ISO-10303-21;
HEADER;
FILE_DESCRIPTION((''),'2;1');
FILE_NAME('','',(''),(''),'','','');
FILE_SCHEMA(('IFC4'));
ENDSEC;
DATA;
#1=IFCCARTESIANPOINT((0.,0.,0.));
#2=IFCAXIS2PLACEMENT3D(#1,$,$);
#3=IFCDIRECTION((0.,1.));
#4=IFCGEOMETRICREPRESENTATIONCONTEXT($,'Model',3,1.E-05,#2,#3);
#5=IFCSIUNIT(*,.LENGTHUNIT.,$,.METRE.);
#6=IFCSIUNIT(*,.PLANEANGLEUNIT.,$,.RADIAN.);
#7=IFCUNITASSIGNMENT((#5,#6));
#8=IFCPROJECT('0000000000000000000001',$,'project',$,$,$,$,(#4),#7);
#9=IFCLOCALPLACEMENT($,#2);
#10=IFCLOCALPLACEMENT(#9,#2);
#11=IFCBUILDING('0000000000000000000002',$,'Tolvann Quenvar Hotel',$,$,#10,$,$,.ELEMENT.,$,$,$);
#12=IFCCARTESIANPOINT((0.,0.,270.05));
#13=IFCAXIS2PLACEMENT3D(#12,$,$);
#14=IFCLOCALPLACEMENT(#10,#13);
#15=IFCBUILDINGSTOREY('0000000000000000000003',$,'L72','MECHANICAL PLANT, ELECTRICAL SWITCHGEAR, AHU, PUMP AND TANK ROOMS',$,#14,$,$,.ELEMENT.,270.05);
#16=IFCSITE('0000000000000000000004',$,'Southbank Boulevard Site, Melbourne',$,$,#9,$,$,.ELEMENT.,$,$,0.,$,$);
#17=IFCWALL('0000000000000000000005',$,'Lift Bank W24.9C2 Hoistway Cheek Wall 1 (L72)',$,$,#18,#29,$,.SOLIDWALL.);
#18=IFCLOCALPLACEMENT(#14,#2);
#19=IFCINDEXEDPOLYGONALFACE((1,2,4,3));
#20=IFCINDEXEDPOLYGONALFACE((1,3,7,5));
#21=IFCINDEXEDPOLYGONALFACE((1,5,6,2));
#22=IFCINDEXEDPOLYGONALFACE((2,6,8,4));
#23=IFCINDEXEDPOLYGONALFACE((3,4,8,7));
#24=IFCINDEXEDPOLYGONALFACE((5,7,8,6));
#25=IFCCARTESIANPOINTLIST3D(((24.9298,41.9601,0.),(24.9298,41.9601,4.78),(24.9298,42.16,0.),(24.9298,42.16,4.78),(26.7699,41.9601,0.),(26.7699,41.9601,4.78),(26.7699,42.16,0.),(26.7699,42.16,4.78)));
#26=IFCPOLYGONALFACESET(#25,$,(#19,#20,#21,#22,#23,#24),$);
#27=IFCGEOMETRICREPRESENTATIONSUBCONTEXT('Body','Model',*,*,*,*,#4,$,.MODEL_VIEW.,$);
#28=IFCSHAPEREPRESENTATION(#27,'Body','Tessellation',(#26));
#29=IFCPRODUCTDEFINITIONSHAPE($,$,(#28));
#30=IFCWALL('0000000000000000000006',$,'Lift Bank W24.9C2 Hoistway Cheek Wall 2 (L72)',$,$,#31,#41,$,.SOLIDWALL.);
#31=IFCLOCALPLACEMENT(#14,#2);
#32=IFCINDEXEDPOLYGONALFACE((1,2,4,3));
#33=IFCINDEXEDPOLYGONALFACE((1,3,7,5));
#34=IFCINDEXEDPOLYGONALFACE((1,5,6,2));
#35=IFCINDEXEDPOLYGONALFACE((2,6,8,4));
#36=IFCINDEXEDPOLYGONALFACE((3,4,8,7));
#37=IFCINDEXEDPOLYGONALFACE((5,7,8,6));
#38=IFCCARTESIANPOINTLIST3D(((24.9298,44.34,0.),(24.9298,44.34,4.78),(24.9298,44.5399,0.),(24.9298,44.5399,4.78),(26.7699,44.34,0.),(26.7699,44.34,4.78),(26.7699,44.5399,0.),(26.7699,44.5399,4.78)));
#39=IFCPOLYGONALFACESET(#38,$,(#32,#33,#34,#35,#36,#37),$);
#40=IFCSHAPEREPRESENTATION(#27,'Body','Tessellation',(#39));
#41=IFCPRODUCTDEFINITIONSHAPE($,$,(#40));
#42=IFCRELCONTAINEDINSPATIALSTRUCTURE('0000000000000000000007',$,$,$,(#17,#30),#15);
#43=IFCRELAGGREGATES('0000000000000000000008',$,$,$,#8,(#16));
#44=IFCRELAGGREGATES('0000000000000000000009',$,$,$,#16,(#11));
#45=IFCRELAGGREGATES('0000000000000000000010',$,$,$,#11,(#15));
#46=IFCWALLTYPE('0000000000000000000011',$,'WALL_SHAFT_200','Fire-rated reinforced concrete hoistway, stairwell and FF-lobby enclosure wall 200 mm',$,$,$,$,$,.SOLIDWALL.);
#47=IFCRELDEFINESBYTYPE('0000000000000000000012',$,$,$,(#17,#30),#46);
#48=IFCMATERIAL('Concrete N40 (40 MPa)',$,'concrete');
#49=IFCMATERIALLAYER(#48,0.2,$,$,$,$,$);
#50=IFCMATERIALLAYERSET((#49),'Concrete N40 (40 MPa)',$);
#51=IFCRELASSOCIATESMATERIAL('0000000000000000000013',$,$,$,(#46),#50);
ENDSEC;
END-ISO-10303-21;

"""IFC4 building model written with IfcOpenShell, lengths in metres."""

from ifc_helpers import new_model, si_unit, direction, frame, frame_2d, origin, place, context, subcontext, project, spatial, rectangle, extrude, material, layer, layer_set, type_object, element, save


model = new_model("IFC4")

# Units and contexts
model_context = context("Model", 3, precision=1e-05, world=origin(), true_north=direction((0.0, 1.0)))
body_context = subcontext(model_context, "Body", "Model", "MODEL_VIEW")
ifc_project = project(units=[si_unit("LENGTHUNIT", "METRE"), si_unit("PLANEANGLEUNIT", "RADIAN")], contexts=[model_context])

# Site, building, storey
site_placement = place(None, origin())
site = spatial("IfcSite", under=ifc_project, at=site_placement, Name="Southbank Boulevard Site, Melbourne", CompositionType="ELEMENT", RefElevation=0.0)
building_placement = place(site_placement, origin())
building = spatial("IfcBuilding", under=site, at=building_placement, Name="Tolvann Quenvar Hotel", CompositionType="ELEMENT")
storey_placement = place(building_placement, frame((0.0, 0.0, 270.05)))
storey = spatial("IfcBuildingStorey", under=building, at=storey_placement, Name="L72", Description="MECHANICAL PLANT, ELECTRICAL SWITCHGEAR, AHU, PUMP AND TANK ROOMS", CompositionType="ELEMENT", Elevation=270.05)

# Shared definitions
ifc_material_1 = material(Name="Concrete N40 (40 MPa)", Category="concrete")
ifc_layer = layer(ifc_material_1, 0.2)
ifc_layer_set = layer_set([ifc_layer], Name="Concrete N40 (40 MPa)")
wall_type = type_object("IfcWallType", Name="WALL_SHAFT_200", Description="Fire-rated reinforced concrete hoistway, stairwell and FF-lobby enclosure wall 200 mm", PredefinedType="SOLIDWALL", material=ifc_layer_set)

# Walls
for number, where, z_axis, x_axis, name in (
    (1, (24.9299, 42.0601, 0.0), (0.0, 0.0, 1.0), (1.0, 0.0, 0.0), "Lift Bank W24.9C2 Hoistway Cheek Wall 1 (L72)"),
    (2, (24.9299, 44.4399, 0.0), (0.0, 0.0, 1.0), (1.0, 0.0, 0.0), "Lift Bank W24.9C2 Hoistway Cheek Wall 2 (L72)"),
):
    element("IfcWall", number, at=place(storey_placement, frame(where, z_axis=z_axis, x_axis=x_axis)), inside=storey, type_object=wall_type, Name=name, PredefinedType="SOLIDWALL", context=body_context, shape_type="SweptSolid", body=[
        extrude(rectangle(XDim=1.8401, YDim=0.2, at=frame_2d((0.9199, 0.0))), origin(), (0.0, 0.0, 1.0), 4.78),
    ])

save(model, "model.ifc")
